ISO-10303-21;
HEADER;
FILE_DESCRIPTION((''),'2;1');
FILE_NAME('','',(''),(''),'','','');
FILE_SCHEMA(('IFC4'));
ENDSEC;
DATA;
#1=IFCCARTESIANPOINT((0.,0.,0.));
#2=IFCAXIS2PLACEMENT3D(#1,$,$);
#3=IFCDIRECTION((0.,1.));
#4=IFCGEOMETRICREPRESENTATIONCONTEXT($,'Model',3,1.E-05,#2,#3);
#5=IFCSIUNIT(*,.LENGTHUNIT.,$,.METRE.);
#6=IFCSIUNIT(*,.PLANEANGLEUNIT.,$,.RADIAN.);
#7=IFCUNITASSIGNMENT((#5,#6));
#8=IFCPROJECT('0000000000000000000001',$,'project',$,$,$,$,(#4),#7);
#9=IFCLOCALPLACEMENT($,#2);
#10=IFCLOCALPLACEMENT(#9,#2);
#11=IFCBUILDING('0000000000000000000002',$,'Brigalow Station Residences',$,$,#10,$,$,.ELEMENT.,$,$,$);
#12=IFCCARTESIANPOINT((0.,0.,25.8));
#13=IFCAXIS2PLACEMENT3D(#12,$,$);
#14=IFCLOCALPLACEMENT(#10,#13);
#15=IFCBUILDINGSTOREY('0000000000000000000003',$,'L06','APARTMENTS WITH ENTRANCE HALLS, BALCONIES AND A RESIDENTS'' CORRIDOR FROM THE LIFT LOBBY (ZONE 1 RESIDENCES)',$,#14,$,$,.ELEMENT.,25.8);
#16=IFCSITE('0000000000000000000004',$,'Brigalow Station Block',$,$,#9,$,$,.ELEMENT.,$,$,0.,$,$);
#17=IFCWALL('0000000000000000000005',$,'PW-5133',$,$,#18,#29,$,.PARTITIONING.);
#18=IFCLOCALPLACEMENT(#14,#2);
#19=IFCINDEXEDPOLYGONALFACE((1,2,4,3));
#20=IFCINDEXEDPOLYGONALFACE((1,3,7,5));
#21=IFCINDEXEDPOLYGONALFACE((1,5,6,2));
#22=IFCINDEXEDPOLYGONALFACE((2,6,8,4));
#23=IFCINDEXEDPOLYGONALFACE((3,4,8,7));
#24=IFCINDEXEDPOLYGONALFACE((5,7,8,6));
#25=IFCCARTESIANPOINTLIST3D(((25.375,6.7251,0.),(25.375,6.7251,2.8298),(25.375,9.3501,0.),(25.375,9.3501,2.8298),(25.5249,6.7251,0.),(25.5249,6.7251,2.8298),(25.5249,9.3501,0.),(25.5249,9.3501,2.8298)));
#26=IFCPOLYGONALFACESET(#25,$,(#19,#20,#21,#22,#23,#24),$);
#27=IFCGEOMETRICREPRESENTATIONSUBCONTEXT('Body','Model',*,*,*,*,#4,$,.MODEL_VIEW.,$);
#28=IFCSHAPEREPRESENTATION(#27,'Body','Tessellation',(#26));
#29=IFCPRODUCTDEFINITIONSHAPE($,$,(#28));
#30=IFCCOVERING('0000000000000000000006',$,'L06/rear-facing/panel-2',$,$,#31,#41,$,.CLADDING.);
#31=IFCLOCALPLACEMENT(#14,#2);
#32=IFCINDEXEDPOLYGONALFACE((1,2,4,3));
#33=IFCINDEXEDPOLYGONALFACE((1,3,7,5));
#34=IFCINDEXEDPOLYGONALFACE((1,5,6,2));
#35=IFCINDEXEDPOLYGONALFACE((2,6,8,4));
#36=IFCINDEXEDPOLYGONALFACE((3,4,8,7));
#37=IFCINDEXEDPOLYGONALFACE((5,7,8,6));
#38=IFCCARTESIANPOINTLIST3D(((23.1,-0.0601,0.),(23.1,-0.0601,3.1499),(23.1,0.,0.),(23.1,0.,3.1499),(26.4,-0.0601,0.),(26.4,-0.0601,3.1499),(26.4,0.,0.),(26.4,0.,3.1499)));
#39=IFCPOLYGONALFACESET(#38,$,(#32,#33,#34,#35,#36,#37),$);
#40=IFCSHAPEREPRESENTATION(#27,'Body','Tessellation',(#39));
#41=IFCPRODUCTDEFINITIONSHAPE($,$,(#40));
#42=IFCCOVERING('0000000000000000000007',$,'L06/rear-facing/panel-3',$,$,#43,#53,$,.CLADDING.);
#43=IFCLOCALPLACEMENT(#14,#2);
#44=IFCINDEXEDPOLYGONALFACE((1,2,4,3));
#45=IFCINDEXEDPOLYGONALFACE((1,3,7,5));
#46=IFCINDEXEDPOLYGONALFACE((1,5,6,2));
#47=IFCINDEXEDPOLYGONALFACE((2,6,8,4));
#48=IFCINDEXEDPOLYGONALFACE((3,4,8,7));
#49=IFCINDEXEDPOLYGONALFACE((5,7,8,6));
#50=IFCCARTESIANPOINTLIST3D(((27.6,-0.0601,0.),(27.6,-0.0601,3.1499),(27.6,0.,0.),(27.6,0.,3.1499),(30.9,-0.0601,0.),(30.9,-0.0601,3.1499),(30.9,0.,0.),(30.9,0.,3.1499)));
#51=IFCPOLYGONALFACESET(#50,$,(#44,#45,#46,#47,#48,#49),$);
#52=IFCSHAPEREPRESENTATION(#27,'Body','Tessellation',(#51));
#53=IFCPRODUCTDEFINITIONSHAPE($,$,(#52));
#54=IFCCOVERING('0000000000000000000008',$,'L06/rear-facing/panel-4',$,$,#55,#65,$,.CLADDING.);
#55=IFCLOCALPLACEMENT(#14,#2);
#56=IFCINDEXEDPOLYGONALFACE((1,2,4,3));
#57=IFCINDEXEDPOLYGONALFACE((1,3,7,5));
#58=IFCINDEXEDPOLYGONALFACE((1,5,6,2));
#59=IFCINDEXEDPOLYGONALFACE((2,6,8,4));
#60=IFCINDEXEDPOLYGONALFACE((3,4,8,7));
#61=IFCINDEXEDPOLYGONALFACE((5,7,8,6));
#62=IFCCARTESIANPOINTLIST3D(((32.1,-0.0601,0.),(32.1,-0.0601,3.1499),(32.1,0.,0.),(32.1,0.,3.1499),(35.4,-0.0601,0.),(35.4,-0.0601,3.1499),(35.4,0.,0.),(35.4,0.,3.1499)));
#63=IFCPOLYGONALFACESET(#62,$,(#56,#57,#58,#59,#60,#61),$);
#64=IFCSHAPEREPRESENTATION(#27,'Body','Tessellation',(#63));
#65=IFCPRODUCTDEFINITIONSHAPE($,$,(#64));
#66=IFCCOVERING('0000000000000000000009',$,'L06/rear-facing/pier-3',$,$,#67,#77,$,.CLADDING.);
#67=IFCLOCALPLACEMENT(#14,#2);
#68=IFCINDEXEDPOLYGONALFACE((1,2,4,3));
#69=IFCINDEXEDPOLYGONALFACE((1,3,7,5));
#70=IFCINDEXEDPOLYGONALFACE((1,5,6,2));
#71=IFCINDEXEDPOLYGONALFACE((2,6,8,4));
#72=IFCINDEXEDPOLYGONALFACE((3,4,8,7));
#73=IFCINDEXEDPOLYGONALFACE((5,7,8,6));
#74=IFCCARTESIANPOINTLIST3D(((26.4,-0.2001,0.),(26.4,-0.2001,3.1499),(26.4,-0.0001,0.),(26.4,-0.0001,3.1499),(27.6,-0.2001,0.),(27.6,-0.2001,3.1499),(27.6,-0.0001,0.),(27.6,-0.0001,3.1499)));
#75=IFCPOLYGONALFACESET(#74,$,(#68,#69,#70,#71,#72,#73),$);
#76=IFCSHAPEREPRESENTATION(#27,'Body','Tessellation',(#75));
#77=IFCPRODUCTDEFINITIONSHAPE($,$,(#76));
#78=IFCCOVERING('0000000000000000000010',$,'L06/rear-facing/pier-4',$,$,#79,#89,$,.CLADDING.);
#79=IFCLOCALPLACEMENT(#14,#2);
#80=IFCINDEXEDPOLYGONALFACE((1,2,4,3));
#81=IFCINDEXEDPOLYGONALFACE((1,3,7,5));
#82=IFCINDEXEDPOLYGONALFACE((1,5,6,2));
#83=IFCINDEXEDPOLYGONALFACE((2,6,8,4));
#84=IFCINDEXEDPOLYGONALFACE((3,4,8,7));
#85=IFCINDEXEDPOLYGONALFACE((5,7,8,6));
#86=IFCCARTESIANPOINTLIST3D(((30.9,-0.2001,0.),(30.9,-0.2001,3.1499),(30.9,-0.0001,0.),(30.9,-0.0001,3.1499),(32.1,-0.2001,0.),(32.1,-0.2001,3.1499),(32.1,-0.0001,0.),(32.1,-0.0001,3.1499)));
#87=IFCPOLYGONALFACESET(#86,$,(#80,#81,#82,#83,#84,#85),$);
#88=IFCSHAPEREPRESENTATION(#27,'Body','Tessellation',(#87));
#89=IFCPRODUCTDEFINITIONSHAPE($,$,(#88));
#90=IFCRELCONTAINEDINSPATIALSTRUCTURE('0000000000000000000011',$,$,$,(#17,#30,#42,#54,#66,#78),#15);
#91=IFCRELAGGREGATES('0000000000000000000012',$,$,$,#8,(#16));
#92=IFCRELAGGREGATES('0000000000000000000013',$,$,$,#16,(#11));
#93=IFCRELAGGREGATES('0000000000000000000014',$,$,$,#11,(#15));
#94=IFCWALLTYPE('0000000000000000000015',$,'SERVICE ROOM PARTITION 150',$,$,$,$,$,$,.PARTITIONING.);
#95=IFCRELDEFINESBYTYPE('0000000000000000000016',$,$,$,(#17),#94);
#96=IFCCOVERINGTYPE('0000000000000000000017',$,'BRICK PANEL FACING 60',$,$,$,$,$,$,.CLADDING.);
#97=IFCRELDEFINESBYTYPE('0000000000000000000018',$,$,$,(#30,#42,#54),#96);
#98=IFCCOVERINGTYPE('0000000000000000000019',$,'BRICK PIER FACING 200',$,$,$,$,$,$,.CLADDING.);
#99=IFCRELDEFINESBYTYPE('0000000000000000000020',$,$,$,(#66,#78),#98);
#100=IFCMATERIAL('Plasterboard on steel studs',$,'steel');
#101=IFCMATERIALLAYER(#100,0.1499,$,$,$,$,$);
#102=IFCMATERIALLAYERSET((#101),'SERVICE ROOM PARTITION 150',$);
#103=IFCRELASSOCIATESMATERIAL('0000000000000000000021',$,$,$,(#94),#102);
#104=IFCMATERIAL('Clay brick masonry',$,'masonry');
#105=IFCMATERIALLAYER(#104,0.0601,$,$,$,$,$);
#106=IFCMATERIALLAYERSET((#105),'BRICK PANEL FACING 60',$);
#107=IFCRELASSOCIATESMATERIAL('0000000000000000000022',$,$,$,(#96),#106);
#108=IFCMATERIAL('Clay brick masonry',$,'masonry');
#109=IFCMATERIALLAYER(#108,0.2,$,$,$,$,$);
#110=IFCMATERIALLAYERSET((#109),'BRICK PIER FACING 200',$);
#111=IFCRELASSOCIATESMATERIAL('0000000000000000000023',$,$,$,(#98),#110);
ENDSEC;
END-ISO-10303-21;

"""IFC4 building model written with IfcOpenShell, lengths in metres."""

from ifc_helpers import new_model, si_unit, direction, frame, frame_2d, origin, origin_2d, place, context, subcontext, project, spatial, rectangle, extrude, material, layer, layer_set, type_object, element, save


model = new_model("IFC4")

# Units and contexts
model_context = context("Model", 3, precision=1e-05, world=origin(), true_north=direction((0.0, 1.0)))
body_context = subcontext(model_context, "Body", "Model", "MODEL_VIEW")
ifc_project = project(units=[si_unit("LENGTHUNIT", "METRE"), si_unit("PLANEANGLEUNIT", "RADIAN")], contexts=[model_context])

# Site, building, storey
site_placement = place(None, origin())
site = spatial("IfcSite", under=ifc_project, at=site_placement, Name="Brigalow Station Block", CompositionType="ELEMENT", RefElevation=0.0)
building_placement = place(site_placement, origin())
building = spatial("IfcBuilding", under=site, at=building_placement, Name="Brigalow Station Residences", CompositionType="ELEMENT")
storey_placement = place(building_placement, frame((0.0, 0.0, 25.8)))
storey = spatial("IfcBuildingStorey", under=building, at=storey_placement, Name="L06", Description="APARTMENTS WITH ENTRANCE HALLS, BALCONIES AND A RESIDENTS' CORRIDOR FROM THE LIFT LOBBY (ZONE 1 RESIDENCES)", CompositionType="ELEMENT", Elevation=25.8)

# Shared definitions
ifc_material_1 = material(Name="Plasterboard on steel studs", Category="steel")
ifc_layer_1 = layer(ifc_material_1, 0.1499)
ifc_layer_set_1 = layer_set([ifc_layer_1], Name="SERVICE ROOM PARTITION 150")
wall_type_1 = type_object("IfcWallType", Name="SERVICE ROOM PARTITION 150", PredefinedType="PARTITIONING", material=ifc_layer_set_1)

# Wall
wall_1_placement = place(storey_placement, frame((25.45, 6.7251, 0.0), z_axis=(0.0, 0.0, 1.0), x_axis=(0.0, 1.0, 0.0)))
element("IfcWall", 1, at=wall_1_placement, inside=storey, type_object=wall_type_1, Name="PW-5133", PredefinedType="PARTITIONING", context=body_context, shape_type="SweptSolid", body=[
    extrude(rectangle(XDim=2.625, YDim=0.1499, at=frame_2d((1.3125, 0.0))), origin(), (0.0, 0.0, 1.0), 2.8298),
])

# Coverings
ifc_material_2 = material(Name="Clay brick masonry", Category="masonry")
ifc_layer_2 = layer(ifc_material_2, 0.0601)
ifc_layer_set_2 = layer_set([ifc_layer_2], Name="BRICK PANEL FACING 60")
covering_type_1 = type_object("IfcCoveringType", Name="BRICK PANEL FACING 60", PredefinedType="CLADDING", material=ifc_layer_set_2)
for number, where, z_axis, x_axis, name in (
    (2, (24.75, -0.03, 0.0), (0.0, 0.0, 1.0), (1.0, 0.0, 0.0), "L06/rear-facing/panel-2"),
    (3, (29.25, -0.03, 0.0), (0.0, 0.0, 1.0), (1.0, 0.0, 0.0), "L06/rear-facing/panel-3"),
    (4, (33.75, -0.03, 0.0), (0.0, 0.0, 1.0), (1.0, 0.0, 0.0), "L06/rear-facing/panel-4"),
):
    element("IfcCovering", number, at=place(storey_placement, frame(where, z_axis=z_axis, x_axis=x_axis)), inside=storey, type_object=covering_type_1, Name=name, PredefinedType="CLADDING", context=body_context, shape_type="SweptSolid", body=[
        extrude(rectangle(XDim=3.3, YDim=0.0601, at=origin_2d()), origin(), (0.0, 0.0, 1.0), 3.1499),
    ])
ifc_material_3 = material(Name="Clay brick masonry", Category="masonry")
ifc_layer_3 = layer(ifc_material_3, 0.2)
ifc_layer_set_3 = layer_set([ifc_layer_3], Name="BRICK PIER FACING 200")
covering_type_2 = type_object("IfcCoveringType", Name="BRICK PIER FACING 200", PredefinedType="CLADDING", material=ifc_layer_set_3)
for number, where, z_axis, x_axis, name in (
    (5, (27.0, -0.1001, 0.0), (0.0, 0.0, 1.0), (1.0, 0.0, 0.0), "L06/rear-facing/pier-3"),
    (6, (31.5, -0.1001, 0.0), (0.0, 0.0, 1.0), (1.0, 0.0, 0.0), "L06/rear-facing/pier-4"),
):
    element("IfcCovering", number, at=place(storey_placement, frame(where, z_axis=z_axis, x_axis=x_axis)), inside=storey, type_object=covering_type_2, Name=name, PredefinedType="CLADDING", context=body_context, shape_type="SweptSolid", body=[
        extrude(rectangle(XDim=1.2, YDim=0.2, at=origin_2d()), origin(), (0.0, 0.0, 1.0), 3.1499),
    ])

save(model, "model.ifc")
